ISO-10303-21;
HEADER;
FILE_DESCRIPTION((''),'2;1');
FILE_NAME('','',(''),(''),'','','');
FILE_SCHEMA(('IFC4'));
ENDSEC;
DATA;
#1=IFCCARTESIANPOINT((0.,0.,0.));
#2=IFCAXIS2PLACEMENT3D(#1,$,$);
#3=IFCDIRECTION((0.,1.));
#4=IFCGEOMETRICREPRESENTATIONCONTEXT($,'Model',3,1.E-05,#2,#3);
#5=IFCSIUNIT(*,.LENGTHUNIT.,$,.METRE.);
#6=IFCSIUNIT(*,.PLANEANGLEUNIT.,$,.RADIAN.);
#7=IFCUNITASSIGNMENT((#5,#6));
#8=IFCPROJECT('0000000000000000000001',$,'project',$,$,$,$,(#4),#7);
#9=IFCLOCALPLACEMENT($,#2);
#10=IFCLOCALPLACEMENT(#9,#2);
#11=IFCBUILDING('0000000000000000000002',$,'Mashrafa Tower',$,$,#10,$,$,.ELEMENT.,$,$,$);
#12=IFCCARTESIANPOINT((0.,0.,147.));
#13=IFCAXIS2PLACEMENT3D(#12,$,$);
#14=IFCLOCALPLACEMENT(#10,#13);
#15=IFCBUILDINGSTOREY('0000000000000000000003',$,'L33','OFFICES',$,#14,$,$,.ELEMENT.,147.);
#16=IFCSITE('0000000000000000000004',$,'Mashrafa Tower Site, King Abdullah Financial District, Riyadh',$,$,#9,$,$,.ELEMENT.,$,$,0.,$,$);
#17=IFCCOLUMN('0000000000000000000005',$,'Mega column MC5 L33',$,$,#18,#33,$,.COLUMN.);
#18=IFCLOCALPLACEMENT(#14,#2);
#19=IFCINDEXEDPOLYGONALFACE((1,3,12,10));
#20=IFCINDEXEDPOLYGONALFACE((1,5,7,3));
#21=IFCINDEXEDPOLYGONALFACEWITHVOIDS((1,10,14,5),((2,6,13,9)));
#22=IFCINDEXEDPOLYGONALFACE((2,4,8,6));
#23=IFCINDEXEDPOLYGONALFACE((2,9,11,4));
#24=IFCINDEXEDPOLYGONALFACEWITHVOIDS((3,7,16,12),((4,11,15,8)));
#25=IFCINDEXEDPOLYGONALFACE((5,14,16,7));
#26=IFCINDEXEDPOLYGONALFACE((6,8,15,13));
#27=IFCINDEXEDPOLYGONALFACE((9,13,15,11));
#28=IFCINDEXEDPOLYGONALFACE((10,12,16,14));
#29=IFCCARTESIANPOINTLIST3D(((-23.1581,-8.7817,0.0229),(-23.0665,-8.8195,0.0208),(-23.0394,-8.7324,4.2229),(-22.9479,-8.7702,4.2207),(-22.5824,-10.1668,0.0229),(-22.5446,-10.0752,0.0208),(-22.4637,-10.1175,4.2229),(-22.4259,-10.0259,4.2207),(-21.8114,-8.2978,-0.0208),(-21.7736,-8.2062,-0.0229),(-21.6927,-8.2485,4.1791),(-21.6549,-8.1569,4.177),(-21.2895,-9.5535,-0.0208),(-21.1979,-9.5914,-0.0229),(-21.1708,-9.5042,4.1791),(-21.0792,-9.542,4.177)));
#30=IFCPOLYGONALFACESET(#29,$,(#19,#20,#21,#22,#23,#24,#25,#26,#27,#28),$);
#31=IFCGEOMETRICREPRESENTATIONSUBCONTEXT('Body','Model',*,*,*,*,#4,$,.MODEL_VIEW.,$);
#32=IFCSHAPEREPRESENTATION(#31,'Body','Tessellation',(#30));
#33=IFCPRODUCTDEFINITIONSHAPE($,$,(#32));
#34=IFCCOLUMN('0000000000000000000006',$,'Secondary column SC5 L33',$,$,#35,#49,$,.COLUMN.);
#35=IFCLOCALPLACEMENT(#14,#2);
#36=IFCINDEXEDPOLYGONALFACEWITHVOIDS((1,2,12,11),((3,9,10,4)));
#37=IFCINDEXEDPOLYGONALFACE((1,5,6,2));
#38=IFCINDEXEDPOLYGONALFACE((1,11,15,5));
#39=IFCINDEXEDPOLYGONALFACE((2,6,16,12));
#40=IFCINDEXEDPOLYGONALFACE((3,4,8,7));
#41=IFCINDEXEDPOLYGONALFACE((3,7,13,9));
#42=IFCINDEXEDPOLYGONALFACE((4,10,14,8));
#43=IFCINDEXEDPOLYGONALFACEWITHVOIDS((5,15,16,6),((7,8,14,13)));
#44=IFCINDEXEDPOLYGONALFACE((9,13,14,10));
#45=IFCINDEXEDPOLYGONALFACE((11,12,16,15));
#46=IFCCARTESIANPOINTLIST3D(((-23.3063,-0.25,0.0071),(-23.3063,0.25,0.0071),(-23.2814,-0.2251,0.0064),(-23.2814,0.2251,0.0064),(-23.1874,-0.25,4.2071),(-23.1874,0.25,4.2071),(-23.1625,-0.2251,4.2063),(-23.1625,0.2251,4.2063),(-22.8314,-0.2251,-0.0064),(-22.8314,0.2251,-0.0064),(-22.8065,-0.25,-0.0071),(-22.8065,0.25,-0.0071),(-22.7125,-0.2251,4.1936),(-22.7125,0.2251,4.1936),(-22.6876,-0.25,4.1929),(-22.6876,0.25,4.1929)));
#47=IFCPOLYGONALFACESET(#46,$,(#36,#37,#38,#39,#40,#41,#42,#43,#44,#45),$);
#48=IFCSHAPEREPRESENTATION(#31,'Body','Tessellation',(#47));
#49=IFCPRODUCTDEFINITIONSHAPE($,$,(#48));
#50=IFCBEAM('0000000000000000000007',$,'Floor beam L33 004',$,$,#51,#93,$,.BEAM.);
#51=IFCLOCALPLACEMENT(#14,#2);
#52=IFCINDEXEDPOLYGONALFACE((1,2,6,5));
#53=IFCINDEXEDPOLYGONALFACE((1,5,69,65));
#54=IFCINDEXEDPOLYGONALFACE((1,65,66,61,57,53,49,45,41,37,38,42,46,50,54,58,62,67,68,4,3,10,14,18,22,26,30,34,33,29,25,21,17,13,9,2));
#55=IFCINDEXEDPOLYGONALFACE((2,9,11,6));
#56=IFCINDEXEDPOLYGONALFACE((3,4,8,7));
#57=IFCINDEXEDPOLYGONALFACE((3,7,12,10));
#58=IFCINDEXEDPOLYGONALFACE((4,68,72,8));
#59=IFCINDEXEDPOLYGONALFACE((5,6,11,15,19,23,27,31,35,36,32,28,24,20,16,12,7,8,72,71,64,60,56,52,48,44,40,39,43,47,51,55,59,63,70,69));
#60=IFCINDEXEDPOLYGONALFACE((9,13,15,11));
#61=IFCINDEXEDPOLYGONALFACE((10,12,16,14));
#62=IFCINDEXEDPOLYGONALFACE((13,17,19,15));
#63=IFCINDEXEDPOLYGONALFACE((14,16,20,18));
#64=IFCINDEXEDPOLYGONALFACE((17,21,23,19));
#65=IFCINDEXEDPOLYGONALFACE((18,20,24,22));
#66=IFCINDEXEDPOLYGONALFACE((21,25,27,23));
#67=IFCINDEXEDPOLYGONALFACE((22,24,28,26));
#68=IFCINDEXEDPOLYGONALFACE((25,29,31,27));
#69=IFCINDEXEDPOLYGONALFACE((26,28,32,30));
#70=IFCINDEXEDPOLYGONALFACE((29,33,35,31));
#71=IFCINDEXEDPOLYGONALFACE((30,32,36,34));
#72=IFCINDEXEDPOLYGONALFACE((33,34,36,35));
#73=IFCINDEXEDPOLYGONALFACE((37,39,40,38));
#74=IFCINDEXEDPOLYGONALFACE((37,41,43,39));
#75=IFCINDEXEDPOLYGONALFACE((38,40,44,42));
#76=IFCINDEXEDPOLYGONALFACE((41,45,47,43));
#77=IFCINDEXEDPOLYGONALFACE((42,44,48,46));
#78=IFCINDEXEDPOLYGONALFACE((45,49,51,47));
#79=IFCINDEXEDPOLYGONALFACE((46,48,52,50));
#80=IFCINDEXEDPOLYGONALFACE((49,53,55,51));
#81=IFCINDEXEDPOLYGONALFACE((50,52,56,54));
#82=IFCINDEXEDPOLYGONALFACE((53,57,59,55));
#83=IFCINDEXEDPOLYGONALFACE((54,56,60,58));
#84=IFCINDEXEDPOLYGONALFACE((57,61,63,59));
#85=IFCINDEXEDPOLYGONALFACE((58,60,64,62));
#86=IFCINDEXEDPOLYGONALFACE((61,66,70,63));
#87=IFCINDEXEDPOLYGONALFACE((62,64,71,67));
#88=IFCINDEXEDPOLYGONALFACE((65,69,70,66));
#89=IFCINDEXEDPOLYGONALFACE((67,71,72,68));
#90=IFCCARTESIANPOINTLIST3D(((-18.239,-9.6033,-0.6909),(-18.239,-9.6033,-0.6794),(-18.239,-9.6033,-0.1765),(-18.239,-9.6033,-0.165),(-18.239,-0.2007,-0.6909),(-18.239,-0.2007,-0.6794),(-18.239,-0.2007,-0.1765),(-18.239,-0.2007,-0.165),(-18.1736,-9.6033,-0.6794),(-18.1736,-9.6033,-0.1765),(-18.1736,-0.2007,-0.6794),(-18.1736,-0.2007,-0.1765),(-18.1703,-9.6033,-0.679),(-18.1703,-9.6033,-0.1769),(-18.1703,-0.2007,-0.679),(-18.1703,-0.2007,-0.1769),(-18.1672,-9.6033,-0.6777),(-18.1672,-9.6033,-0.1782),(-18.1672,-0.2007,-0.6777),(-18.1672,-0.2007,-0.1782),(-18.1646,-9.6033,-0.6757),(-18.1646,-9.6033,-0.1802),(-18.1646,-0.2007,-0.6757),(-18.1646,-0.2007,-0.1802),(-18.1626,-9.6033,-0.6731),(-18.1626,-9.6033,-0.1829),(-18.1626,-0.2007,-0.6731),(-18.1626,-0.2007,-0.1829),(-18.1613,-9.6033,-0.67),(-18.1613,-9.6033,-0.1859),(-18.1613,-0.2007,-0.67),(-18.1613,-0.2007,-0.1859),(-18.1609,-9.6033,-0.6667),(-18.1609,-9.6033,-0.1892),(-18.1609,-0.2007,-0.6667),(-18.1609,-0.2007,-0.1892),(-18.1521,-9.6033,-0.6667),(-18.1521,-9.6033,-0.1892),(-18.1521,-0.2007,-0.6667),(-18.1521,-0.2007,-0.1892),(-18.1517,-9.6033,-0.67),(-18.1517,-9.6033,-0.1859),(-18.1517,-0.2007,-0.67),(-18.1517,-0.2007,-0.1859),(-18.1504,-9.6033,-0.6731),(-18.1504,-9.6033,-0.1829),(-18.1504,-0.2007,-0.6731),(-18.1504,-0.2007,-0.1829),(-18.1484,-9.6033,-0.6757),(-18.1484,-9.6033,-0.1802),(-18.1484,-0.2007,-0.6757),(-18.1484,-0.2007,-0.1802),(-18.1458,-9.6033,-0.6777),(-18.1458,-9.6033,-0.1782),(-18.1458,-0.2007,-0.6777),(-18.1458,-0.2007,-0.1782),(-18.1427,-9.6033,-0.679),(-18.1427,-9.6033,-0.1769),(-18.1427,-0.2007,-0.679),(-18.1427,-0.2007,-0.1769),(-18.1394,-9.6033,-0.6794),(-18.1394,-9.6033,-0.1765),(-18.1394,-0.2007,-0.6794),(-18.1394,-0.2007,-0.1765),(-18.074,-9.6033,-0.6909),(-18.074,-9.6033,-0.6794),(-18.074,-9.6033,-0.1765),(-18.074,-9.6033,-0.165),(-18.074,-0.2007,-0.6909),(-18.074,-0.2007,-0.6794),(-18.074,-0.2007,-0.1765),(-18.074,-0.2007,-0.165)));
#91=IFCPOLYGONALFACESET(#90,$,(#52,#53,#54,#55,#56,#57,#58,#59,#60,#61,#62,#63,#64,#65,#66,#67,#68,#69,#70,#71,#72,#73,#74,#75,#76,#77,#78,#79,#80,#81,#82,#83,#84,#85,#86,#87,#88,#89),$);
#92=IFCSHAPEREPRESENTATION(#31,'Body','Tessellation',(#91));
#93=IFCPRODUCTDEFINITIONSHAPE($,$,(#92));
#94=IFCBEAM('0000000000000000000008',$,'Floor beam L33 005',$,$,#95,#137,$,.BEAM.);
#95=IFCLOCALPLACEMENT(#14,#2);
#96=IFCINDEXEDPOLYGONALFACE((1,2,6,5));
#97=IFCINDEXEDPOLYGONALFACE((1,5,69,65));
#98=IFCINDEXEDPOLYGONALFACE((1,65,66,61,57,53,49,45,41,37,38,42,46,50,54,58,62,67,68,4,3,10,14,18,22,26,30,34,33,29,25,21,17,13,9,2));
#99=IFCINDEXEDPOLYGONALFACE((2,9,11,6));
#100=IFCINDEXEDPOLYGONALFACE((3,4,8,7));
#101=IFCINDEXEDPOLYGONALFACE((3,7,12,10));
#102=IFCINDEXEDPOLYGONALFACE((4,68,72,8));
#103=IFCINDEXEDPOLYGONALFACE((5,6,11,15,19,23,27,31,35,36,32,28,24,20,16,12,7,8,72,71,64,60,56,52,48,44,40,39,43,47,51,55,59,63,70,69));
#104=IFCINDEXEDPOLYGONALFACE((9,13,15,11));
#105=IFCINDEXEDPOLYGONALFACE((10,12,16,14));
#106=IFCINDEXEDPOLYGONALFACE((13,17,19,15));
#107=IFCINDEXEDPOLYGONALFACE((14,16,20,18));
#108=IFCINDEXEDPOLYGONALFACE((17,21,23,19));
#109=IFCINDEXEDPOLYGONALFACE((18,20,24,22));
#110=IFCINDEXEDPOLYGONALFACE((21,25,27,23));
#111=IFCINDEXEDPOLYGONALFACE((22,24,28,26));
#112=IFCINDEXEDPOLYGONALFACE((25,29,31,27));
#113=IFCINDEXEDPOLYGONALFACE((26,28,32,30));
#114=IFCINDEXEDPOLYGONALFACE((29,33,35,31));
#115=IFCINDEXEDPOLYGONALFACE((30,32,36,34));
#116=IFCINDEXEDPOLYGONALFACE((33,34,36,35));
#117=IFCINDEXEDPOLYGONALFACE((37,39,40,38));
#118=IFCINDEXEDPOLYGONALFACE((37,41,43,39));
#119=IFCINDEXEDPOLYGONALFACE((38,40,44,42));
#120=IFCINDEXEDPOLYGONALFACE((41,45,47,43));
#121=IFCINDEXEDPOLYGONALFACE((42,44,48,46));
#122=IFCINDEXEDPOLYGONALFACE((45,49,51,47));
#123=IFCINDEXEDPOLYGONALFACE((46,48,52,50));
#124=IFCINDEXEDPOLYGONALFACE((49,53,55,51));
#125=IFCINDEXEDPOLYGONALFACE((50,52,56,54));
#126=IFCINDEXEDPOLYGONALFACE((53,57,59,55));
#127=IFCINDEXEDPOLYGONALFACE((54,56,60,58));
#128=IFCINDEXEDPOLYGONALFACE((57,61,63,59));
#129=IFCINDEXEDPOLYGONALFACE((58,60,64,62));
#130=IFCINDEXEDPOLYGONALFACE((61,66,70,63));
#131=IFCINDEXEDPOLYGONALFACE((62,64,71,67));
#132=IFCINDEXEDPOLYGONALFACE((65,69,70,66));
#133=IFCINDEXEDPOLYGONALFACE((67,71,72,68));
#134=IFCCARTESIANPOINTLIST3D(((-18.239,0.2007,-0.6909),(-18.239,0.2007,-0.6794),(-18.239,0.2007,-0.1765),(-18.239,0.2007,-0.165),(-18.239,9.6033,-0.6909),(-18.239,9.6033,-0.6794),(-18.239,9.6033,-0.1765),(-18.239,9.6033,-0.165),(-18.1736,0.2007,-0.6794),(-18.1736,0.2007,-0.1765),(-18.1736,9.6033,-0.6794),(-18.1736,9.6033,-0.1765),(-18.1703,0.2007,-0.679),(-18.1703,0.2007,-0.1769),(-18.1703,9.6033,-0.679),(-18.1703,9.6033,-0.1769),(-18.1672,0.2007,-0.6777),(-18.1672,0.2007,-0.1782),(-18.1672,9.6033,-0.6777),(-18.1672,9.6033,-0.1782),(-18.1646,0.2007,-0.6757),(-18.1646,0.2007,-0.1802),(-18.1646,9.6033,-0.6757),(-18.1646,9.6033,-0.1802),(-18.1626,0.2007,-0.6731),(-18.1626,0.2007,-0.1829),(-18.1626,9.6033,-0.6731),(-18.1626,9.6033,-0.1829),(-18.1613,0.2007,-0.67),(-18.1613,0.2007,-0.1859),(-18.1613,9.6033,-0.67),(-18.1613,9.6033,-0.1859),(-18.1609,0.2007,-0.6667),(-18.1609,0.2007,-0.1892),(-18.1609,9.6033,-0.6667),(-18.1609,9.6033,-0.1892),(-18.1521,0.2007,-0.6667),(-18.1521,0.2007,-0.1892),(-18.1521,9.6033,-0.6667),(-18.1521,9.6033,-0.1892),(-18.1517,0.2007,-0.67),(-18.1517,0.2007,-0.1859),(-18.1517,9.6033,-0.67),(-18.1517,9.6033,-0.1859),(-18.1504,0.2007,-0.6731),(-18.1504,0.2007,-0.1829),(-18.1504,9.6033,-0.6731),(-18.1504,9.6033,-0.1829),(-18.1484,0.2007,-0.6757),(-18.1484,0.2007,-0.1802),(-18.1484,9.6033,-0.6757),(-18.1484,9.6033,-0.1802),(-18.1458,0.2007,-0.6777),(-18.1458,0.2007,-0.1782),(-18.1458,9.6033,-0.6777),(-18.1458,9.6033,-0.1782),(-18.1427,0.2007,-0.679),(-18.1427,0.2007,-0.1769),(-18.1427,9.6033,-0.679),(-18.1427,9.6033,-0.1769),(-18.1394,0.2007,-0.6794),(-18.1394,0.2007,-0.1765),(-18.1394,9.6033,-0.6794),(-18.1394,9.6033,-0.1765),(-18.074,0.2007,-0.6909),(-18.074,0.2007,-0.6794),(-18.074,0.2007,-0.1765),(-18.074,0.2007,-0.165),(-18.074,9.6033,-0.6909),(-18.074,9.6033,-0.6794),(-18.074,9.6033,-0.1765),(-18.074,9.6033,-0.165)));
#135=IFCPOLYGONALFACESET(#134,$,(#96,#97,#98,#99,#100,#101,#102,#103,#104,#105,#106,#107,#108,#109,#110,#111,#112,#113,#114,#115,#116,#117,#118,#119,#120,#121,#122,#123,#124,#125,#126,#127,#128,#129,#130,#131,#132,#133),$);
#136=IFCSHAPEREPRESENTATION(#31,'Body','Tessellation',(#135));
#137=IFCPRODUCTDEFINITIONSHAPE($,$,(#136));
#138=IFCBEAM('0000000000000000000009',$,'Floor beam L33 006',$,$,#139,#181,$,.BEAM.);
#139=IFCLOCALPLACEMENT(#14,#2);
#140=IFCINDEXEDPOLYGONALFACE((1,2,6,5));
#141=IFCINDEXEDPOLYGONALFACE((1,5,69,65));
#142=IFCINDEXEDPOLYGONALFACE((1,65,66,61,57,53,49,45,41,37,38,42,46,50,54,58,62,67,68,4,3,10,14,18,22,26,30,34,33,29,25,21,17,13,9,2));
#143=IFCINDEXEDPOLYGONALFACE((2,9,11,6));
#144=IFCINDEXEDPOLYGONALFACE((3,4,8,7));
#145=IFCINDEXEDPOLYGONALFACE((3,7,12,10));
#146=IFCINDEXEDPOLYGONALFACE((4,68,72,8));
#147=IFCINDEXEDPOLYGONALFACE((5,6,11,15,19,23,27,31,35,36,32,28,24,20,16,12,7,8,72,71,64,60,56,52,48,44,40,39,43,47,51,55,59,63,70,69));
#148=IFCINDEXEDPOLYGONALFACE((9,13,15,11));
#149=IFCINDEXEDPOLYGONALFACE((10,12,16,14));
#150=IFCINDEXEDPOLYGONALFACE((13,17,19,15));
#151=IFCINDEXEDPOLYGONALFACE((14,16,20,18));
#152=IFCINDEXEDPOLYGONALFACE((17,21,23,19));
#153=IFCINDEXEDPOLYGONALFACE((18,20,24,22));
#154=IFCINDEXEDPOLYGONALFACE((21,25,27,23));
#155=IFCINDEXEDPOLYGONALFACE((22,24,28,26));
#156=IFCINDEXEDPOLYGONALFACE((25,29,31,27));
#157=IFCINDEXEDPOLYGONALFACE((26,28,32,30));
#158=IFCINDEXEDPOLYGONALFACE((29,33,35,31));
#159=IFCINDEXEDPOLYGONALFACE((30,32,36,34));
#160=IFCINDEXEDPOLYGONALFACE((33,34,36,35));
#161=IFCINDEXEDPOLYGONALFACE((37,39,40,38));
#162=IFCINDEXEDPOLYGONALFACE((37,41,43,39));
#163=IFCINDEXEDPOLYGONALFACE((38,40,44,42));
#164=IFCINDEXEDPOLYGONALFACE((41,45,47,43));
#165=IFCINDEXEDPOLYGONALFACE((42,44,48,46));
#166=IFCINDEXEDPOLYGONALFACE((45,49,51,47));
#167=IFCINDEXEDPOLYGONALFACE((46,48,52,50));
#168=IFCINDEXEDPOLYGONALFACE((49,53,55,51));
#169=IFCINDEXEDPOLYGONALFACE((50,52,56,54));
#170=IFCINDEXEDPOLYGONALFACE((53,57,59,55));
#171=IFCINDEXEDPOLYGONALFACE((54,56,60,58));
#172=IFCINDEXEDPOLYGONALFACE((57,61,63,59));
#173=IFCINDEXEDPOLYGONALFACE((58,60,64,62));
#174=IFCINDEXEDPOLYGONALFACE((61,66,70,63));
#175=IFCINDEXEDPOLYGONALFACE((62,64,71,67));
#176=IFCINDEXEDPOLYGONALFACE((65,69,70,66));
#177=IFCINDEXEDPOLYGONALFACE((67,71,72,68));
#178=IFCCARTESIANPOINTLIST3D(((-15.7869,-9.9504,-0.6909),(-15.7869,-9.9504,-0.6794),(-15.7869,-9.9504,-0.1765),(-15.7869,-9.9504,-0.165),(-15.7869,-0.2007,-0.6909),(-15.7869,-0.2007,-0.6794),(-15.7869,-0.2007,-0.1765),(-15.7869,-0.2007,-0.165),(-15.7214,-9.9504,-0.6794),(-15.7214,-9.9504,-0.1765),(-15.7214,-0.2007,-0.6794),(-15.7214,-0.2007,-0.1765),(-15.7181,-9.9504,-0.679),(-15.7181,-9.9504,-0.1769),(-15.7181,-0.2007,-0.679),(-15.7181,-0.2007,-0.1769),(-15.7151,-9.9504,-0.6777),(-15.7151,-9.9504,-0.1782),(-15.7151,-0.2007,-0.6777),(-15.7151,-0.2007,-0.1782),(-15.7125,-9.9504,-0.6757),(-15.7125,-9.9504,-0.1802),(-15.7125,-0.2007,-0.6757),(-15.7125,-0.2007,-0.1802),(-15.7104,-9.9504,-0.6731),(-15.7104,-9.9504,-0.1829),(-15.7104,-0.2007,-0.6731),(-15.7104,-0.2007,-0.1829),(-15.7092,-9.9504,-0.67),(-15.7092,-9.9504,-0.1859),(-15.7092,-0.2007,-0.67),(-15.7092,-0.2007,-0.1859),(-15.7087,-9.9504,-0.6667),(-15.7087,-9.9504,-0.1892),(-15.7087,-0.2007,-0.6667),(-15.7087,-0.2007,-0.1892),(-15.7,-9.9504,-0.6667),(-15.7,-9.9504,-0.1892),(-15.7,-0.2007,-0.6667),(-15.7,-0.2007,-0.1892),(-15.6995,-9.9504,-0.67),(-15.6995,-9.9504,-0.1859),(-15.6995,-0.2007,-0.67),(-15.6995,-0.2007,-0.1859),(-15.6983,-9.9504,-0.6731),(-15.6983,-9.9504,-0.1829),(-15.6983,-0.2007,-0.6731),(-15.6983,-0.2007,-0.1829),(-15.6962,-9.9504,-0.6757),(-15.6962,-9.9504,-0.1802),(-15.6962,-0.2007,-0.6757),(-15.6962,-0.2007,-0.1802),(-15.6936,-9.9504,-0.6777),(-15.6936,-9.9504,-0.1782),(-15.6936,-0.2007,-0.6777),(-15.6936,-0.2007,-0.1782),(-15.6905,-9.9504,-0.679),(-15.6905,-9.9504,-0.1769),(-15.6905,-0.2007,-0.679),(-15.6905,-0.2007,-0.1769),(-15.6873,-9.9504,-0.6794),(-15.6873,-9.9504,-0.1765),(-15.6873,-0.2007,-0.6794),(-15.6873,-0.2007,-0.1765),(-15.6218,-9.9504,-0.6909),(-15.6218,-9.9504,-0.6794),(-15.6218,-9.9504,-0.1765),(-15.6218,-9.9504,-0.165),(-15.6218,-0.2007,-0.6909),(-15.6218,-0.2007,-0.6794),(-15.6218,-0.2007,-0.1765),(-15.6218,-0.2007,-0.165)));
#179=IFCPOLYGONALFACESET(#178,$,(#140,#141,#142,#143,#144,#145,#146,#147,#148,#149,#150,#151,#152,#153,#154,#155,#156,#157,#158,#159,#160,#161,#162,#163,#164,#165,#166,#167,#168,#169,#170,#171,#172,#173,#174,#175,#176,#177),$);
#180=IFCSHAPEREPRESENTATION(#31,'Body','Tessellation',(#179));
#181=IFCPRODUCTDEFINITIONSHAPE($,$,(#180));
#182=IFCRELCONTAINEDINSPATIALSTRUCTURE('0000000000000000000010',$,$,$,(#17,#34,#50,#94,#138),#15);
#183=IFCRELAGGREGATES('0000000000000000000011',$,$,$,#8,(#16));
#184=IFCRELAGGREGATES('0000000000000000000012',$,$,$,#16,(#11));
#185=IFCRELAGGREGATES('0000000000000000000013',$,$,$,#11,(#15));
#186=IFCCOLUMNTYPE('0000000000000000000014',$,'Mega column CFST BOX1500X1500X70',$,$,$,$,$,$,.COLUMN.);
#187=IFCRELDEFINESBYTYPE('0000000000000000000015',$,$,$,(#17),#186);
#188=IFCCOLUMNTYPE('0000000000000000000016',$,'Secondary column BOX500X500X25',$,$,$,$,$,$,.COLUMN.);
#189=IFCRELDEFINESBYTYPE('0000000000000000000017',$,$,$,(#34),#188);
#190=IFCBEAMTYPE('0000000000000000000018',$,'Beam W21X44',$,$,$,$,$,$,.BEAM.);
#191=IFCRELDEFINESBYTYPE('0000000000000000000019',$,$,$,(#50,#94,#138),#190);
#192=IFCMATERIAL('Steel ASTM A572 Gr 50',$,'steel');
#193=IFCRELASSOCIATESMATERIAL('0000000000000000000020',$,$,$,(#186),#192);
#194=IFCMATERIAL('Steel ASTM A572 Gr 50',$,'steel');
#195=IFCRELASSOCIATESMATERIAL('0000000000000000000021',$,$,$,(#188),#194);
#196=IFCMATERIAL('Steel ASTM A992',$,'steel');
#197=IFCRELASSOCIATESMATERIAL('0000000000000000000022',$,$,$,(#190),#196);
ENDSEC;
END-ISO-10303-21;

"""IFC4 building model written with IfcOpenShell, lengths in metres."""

from ifc_helpers import new_model, si_unit, direction, frame, origin, origin_2d, place, context, subcontext, project, spatial, hollow_rectangle, i_section, extrude, material, material_profile, profile_set, type_object, element, save


model = new_model("IFC4")

# Units and contexts
model_context = context("Model", 3, precision=1e-05, world=origin(), true_north=direction((0.0, 1.0)))
body_context = subcontext(model_context, "Body", "Model", "MODEL_VIEW")
ifc_project = project(units=[si_unit("LENGTHUNIT", "METRE"), si_unit("PLANEANGLEUNIT", "RADIAN")], contexts=[model_context])

# Site, building, storey
site_placement = place(None, origin())
site = spatial("IfcSite", under=ifc_project, at=site_placement, Name="Mashrafa Tower Site, King Abdullah Financial District, Riyadh", CompositionType="ELEMENT", RefElevation=0.0)
building_placement = place(site_placement, origin())
building = spatial("IfcBuilding", under=site, at=building_placement, Name="Mashrafa Tower", CompositionType="ELEMENT")
storey_placement = place(building_placement, frame((0.0, 0.0, 147.0)))
storey = spatial("IfcBuildingStorey", under=building, at=storey_placement, Name="L33", Description="OFFICES", CompositionType="ELEMENT", Elevation=147.0)

# Columns
ifc_material_1 = material(Name="Steel ASTM A572 Gr 50", Category="steel")
ifc_material_profile_1 = material_profile(ifc_material_1, hollow_rectangle(XDim=1.5, YDim=1.5, WallThickness=0.0701, at=origin_2d()), Name="BOX1500X1500X70")
ifc_profile_set_1 = profile_set([ifc_material_profile_1], Name="Steel ASTM A572 Gr 50")
column_type_1 = type_object("IfcColumnType", Name="Mega column CFST BOX1500X1500X70", PredefinedType="COLUMN", material=ifc_profile_set_1)
column_1_placement = place(storey_placement, frame((-22.178, -9.1865, 0.0), z_axis=(0.028238, 0.011737, 0.999532), x_axis=(-0.383806, 0.923414, 0.0)))
element("IfcColumn", 1, at=column_1_placement, inside=storey, type_object=column_type_1, Name="Mega column MC5 L33", PredefinedType="COLUMN", context=body_context, shape_type="SweptSolid", body=[
    extrude(hollow_rectangle(XDim=1.5, YDim=1.5, WallThickness=0.0701, at=origin_2d()), origin(), (0.0, 0.0, 1.0), 4.2019),
])
ifc_material_2 = material(Name="Steel ASTM A572 Gr 50", Category="steel")
ifc_material_profile_2 = material_profile(ifc_material_2, hollow_rectangle(XDim=0.5, YDim=0.5, WallThickness=0.0249, at=origin_2d()), Name="BOX500X500X25")
ifc_profile_set_2 = profile_set([ifc_material_profile_2], Name="Steel ASTM A572 Gr 50")
column_type_2 = type_object("IfcColumnType", Name="Secondary column BOX500X500X25", PredefinedType="COLUMN", material=ifc_profile_set_2)
column_2_placement = place(storey_placement, frame((-23.0564, 0.0, 0.0), z_axis=(0.028298, 0.0, 0.9996), x_axis=(0.0, 1.0, 0.0)))
element("IfcColumn", 2, at=column_2_placement, inside=storey, type_object=column_type_2, Name="Secondary column SC5 L33", PredefinedType="COLUMN", context=body_context, shape_type="SweptSolid", body=[
    extrude(hollow_rectangle(XDim=0.5, YDim=0.5, WallThickness=0.0249, at=origin_2d()), origin(), (0.0, 0.0, 1.0), 4.2017),
])

# Beams
ifc_material_3 = material(Name="Steel ASTM A992", Category="steel")
ifc_material_profile_3 = material_profile(ifc_material_3, i_section(OverallWidth=0.165, OverallDepth=0.5259, WebThickness=0.0088, FlangeThickness=0.0115, FilletRadius=0.0127, at=origin_2d()), Name="W21X44")
ifc_profile_set_3 = profile_set([ifc_material_profile_3], Name="Steel ASTM A992")
beam_type_1 = type_object("IfcBeamType", Name="Beam W21X44", PredefinedType="BEAM", material=ifc_profile_set_3)
for number, where, z_axis, x_axis, name in (
    (3, (-18.1565, -9.6033, -0.428), (0.0, 1.0, 0.0), (-1.0, 0.0, 0.0), "Floor beam L33 004"),
    (4, (-18.1565, 0.2007, -0.428), (0.0, 1.0, 0.0), (-1.0, 0.0, 0.0), "Floor beam L33 005"),
):
    element("IfcBeam", number, at=place(storey_placement, frame(where, z_axis=z_axis, x_axis=x_axis)), inside=storey, type_object=beam_type_1, Name=name, PredefinedType="BEAM", context=body_context, shape_type="SweptSolid", body=[
        extrude(i_section(OverallWidth=0.165, OverallDepth=0.5259, WebThickness=0.0088, FlangeThickness=0.0115, FilletRadius=0.0127, at=origin_2d()), origin(), (0.0, 0.0, 1.0), 9.4026),
    ])
for number, where, z_axis, x_axis, name in (
    (5, (-15.7043, -9.9504, -0.428), (0.0, 1.0, 0.0), (-1.0, 0.0, 0.0), "Floor beam L33 006"),
):
    element("IfcBeam", number, at=place(storey_placement, frame(where, z_axis=z_axis, x_axis=x_axis)), inside=storey, type_object=beam_type_1, Name=name, PredefinedType="BEAM", context=body_context, shape_type="SweptSolid", body=[
        extrude(i_section(OverallWidth=0.165, OverallDepth=0.5259, WebThickness=0.0088, FlangeThickness=0.0115, FilletRadius=0.0127, at=origin_2d()), origin(), (0.0, 0.0, 1.0), 9.7498),
    ])

save(model, "model.ifc")
